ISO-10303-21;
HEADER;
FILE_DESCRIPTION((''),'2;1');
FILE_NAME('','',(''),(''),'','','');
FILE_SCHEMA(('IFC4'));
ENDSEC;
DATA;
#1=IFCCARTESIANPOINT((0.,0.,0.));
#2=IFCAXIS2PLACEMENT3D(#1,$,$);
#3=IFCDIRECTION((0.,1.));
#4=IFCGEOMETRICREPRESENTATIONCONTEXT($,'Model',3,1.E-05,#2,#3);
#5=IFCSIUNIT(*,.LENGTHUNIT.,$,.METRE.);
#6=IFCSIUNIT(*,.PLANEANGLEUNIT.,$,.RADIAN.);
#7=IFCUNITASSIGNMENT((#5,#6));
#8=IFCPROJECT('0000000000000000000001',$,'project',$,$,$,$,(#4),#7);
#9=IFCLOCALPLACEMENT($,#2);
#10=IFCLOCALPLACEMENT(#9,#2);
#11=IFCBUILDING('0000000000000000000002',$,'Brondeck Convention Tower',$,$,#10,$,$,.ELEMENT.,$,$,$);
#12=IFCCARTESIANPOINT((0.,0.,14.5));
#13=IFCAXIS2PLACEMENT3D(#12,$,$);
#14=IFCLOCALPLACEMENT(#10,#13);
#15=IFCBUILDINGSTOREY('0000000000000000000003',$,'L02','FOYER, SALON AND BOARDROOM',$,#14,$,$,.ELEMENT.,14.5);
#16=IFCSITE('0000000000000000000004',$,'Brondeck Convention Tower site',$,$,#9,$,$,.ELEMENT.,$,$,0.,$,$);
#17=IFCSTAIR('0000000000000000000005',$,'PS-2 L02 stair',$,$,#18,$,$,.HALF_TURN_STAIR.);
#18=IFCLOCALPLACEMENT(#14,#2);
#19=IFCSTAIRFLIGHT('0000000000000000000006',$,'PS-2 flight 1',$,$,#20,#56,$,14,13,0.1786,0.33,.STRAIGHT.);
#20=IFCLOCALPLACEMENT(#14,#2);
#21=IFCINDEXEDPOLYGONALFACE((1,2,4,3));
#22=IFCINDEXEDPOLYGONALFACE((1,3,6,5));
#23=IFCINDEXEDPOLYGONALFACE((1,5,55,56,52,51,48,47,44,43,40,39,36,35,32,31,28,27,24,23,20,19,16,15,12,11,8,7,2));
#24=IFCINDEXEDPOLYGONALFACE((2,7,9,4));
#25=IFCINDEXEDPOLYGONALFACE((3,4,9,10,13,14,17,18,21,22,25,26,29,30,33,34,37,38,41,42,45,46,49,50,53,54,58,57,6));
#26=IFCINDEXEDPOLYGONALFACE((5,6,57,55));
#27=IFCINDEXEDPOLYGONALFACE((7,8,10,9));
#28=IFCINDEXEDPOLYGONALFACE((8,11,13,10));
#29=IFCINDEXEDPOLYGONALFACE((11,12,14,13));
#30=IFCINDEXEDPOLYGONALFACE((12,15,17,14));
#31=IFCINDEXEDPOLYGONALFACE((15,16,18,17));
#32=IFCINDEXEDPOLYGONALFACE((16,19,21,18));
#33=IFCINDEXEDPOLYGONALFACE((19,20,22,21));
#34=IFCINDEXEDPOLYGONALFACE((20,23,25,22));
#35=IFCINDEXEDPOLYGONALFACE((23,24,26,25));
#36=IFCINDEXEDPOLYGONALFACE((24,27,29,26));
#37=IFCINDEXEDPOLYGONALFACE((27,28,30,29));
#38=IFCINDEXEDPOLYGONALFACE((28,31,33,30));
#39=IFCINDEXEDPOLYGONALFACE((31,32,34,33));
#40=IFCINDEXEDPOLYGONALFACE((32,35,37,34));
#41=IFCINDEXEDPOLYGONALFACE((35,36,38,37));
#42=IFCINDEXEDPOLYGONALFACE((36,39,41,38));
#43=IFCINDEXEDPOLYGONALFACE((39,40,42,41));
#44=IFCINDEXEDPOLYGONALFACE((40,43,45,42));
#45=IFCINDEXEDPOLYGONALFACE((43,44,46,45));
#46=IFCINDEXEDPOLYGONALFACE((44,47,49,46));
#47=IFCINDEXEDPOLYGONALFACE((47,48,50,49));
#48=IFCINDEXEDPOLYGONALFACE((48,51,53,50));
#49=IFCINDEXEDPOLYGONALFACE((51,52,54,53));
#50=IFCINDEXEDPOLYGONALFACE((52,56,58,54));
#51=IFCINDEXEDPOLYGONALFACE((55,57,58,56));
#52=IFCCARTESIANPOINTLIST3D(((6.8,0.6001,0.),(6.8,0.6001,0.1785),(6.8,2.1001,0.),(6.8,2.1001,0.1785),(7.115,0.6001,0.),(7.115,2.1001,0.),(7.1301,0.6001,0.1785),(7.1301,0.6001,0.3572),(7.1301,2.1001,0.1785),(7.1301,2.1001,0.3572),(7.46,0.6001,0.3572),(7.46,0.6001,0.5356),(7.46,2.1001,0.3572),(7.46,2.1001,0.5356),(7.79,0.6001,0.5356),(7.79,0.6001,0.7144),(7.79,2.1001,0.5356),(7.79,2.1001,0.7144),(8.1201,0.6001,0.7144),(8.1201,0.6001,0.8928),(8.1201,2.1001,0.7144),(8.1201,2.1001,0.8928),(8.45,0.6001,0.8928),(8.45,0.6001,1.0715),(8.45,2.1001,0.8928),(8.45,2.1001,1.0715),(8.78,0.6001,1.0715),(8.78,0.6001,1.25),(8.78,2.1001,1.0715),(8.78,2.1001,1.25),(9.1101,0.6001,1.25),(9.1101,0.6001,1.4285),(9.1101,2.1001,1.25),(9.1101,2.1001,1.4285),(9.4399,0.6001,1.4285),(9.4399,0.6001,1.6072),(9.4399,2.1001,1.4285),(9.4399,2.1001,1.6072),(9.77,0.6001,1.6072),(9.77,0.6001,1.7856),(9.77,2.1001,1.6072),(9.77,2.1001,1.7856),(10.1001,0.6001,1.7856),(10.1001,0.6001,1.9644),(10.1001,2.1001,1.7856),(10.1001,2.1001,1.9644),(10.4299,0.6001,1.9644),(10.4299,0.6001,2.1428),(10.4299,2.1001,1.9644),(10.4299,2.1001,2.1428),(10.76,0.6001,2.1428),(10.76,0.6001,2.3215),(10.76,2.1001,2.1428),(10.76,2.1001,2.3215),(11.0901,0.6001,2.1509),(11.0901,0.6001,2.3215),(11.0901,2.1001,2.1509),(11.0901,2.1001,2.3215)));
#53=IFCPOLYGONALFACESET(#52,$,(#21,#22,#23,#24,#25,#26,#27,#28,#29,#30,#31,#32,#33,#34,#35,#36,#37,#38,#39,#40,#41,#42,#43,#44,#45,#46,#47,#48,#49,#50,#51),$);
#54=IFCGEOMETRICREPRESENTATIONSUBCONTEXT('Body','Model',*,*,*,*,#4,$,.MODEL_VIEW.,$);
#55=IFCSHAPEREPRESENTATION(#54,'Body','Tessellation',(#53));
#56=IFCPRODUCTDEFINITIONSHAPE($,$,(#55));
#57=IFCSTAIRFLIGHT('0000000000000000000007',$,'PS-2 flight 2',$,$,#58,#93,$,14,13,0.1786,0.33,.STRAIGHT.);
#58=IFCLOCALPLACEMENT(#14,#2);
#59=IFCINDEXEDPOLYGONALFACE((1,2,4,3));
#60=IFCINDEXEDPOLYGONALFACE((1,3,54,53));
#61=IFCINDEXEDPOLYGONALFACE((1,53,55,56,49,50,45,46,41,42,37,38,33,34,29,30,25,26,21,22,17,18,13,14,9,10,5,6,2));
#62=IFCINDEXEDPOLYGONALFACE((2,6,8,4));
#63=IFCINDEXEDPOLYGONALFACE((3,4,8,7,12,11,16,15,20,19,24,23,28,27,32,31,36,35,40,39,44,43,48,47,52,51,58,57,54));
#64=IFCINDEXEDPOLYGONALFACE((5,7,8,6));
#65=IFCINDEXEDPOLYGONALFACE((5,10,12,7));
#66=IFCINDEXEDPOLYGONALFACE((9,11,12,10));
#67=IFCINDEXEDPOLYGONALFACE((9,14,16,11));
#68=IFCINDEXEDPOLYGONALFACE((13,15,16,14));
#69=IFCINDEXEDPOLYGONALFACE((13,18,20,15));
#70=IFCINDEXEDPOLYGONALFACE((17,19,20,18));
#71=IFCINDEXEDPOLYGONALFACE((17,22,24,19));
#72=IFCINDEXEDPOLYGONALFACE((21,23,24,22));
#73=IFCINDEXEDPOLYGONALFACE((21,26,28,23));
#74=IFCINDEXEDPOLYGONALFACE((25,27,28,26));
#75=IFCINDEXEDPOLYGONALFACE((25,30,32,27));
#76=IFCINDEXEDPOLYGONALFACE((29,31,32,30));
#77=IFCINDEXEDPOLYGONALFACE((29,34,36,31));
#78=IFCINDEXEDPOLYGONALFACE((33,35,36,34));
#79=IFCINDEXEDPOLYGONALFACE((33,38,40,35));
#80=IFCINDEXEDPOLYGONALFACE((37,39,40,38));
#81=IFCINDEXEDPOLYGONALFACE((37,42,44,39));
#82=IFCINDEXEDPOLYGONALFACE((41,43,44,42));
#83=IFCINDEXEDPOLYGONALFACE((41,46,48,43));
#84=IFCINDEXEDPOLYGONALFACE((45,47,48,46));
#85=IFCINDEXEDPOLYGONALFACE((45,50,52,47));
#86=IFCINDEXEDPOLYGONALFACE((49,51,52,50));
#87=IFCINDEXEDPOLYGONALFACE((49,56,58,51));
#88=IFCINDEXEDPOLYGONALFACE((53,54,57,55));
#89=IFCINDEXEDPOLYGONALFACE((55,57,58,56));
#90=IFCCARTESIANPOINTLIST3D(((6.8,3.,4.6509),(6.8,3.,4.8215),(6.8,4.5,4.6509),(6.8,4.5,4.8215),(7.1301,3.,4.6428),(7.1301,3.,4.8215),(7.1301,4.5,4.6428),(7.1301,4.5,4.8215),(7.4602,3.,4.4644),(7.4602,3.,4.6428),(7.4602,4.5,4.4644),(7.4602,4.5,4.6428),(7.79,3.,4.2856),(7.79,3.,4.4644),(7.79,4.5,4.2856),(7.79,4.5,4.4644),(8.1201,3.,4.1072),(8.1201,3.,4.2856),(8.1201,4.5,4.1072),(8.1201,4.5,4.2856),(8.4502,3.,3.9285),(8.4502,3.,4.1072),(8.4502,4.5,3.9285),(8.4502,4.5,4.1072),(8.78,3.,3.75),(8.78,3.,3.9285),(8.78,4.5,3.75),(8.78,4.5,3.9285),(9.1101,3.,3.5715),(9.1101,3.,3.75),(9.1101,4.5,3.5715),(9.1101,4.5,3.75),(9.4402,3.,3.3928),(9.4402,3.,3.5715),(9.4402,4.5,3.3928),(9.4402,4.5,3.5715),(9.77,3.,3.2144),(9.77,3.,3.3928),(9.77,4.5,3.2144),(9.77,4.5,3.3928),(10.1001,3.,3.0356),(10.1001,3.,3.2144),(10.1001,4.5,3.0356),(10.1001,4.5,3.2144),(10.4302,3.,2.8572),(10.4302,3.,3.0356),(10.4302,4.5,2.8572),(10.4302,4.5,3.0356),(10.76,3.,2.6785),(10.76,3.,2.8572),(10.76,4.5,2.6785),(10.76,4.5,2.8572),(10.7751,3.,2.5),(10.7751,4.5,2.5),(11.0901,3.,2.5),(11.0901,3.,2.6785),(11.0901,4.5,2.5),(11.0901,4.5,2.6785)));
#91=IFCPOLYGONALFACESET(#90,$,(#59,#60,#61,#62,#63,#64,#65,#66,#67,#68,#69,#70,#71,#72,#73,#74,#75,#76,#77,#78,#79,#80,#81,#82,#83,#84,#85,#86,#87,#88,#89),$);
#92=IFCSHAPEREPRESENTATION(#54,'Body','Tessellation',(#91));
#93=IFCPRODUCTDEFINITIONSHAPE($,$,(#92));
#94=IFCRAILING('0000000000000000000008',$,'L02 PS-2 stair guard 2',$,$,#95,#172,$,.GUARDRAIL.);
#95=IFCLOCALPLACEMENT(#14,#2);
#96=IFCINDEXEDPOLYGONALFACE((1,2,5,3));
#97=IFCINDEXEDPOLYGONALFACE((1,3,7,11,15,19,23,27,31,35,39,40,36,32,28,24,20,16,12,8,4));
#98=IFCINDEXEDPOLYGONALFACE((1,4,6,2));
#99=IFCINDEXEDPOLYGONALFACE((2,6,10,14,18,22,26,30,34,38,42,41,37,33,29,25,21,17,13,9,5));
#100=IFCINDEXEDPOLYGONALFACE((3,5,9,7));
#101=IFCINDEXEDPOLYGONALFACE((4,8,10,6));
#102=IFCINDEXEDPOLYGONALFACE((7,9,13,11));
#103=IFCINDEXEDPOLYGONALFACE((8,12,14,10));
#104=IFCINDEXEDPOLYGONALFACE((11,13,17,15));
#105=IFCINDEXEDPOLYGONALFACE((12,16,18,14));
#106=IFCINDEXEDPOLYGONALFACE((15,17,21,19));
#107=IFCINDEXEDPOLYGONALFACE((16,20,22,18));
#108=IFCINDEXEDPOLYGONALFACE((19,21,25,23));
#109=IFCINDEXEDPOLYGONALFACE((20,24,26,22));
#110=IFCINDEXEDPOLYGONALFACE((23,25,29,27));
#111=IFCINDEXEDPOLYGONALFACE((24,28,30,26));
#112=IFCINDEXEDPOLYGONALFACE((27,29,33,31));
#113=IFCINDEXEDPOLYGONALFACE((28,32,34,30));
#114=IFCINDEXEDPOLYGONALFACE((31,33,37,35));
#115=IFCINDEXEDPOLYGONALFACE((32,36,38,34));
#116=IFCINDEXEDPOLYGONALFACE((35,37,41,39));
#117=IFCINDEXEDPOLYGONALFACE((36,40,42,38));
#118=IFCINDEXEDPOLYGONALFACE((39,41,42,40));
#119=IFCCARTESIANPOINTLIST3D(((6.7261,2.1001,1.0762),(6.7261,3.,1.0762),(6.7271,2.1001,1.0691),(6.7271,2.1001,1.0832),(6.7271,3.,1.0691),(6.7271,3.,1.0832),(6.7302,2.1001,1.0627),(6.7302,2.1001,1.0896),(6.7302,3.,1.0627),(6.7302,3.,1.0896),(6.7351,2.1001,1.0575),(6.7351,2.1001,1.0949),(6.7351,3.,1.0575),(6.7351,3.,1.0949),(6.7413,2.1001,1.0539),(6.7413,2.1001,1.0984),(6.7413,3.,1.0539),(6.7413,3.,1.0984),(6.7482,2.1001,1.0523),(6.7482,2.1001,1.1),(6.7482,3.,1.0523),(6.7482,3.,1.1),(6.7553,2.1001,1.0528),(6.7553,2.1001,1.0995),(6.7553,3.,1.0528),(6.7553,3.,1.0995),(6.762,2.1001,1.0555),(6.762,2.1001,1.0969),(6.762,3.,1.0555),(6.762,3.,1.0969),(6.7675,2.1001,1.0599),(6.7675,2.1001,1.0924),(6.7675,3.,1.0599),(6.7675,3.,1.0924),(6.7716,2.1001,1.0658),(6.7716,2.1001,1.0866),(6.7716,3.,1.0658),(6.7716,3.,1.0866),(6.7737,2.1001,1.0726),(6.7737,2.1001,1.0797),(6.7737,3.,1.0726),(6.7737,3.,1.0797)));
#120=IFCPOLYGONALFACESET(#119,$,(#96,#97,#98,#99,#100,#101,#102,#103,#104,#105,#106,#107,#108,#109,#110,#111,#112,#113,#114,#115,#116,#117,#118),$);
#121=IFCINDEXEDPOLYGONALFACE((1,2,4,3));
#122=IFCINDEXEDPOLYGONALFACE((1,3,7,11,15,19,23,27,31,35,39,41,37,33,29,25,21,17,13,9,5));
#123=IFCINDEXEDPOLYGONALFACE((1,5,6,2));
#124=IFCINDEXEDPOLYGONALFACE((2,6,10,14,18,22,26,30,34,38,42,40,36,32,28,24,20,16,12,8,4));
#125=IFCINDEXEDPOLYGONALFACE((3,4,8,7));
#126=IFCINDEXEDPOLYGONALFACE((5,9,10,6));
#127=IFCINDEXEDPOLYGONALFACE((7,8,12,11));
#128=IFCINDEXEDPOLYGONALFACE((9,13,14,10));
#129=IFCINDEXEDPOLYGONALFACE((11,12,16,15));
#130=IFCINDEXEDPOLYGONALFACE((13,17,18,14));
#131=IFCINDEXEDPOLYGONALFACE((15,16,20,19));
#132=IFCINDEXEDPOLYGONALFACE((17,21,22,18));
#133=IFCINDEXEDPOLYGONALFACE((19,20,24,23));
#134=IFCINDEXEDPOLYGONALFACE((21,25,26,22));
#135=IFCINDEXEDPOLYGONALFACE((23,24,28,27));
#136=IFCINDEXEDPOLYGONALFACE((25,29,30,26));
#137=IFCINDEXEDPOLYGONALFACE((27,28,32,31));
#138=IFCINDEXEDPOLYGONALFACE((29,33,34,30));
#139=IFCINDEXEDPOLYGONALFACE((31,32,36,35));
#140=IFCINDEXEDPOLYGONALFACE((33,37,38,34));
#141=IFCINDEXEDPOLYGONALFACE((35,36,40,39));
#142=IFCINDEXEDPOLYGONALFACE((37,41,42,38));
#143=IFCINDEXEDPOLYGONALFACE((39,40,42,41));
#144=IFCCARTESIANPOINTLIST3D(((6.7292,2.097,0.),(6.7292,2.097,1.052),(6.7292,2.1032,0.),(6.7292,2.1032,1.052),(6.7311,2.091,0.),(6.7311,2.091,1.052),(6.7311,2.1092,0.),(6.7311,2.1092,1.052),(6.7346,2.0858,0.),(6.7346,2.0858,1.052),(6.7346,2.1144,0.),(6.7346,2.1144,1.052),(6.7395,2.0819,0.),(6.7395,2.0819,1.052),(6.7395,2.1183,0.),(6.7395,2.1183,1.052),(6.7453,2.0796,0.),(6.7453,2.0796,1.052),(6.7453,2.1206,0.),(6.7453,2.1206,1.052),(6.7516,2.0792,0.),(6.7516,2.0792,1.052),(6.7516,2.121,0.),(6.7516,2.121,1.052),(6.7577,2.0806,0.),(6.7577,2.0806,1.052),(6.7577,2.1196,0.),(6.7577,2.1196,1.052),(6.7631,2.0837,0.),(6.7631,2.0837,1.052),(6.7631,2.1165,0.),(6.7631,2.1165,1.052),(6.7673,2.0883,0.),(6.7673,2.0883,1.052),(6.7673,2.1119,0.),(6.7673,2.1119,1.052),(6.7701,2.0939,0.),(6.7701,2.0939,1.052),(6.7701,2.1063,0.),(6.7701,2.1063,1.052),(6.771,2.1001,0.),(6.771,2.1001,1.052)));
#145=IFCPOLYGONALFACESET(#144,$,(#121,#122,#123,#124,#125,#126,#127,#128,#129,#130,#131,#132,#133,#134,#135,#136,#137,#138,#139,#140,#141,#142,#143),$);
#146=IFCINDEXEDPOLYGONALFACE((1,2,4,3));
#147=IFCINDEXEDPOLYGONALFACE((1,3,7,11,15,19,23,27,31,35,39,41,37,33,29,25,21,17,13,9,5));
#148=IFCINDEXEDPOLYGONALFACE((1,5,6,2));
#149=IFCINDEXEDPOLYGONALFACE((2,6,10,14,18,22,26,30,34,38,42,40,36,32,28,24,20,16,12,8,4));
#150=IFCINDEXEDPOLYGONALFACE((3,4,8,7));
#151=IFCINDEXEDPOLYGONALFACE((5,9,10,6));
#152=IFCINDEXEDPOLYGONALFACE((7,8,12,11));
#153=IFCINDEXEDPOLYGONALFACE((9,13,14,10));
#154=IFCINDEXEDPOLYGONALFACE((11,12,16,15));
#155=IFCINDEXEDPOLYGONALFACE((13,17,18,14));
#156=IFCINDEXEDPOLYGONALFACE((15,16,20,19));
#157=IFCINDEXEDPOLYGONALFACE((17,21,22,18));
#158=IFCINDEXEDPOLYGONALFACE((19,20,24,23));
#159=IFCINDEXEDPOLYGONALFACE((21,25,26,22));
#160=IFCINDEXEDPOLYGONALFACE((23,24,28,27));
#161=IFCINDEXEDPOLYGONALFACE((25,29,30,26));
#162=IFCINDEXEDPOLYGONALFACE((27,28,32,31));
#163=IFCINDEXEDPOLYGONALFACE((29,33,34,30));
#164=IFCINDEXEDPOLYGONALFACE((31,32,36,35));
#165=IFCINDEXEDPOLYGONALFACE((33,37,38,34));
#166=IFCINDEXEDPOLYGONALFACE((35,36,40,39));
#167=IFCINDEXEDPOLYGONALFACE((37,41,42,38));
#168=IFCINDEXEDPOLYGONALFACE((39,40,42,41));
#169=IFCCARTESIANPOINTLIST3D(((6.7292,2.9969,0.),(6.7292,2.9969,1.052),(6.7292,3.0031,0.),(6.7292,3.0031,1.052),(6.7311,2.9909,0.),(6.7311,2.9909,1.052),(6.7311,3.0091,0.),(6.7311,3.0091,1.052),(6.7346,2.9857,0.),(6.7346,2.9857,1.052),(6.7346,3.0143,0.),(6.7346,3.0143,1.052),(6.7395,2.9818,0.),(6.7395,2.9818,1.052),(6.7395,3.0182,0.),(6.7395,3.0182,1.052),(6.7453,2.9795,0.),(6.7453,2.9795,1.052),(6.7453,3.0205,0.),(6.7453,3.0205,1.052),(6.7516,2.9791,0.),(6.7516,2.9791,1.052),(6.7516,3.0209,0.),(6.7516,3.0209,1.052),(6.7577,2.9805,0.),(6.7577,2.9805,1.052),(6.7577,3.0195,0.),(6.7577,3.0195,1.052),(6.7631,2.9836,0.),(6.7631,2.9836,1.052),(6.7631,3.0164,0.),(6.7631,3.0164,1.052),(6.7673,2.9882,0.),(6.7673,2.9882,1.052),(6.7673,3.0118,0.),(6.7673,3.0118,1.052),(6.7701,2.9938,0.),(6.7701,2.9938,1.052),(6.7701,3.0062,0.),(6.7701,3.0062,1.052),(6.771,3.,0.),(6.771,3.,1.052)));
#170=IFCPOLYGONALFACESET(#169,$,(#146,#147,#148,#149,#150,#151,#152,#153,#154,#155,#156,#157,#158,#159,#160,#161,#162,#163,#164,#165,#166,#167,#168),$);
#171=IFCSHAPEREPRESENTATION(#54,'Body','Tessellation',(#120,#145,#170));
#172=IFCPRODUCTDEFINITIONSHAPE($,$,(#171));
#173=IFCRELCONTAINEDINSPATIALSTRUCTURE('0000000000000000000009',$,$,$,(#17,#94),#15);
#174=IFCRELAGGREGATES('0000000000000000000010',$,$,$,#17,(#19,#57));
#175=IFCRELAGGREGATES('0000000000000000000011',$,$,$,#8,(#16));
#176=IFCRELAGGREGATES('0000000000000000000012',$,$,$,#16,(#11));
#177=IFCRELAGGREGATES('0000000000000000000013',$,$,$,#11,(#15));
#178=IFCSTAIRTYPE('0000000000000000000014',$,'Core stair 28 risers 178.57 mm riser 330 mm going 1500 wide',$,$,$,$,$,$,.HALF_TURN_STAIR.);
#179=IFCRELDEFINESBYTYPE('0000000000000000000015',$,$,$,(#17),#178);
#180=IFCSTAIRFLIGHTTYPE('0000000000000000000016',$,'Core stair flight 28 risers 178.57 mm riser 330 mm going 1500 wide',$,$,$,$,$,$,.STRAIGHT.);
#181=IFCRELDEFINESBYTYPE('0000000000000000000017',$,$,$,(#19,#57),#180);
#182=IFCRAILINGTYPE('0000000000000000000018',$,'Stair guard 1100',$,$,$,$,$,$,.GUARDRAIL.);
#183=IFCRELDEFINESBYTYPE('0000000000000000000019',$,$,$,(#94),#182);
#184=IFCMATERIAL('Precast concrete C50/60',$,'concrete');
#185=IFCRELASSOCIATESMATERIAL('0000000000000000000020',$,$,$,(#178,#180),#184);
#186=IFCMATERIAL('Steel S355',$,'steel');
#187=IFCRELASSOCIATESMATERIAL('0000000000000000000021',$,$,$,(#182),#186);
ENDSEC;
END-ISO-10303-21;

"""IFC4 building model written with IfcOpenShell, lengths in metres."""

from ifc_helpers import new_model, si_unit, direction, frame, origin, origin_2d, place, context, subcontext, project, spatial, polyline, circle, outline, extrude, material, type_object, element, aggregate, save


model = new_model("IFC4")

# Units and contexts
model_context = context("Model", 3, precision=1e-05, world=origin(), true_north=direction((0.0, 1.0)))
body_context = subcontext(model_context, "Body", "Model", "MODEL_VIEW")
ifc_project = project(units=[si_unit("LENGTHUNIT", "METRE"), si_unit("PLANEANGLEUNIT", "RADIAN")], contexts=[model_context])

# Site, building, storey
site_placement = place(None, origin())
site = spatial("IfcSite", under=ifc_project, at=site_placement, Name="Brondeck Convention Tower site", CompositionType="ELEMENT", RefElevation=0.0)
building_placement = place(site_placement, origin())
building = spatial("IfcBuilding", under=site, at=building_placement, Name="Brondeck Convention Tower", CompositionType="ELEMENT")
storey_placement = place(building_placement, frame((0.0, 0.0, 14.5)))
storey = spatial("IfcBuildingStorey", under=building, at=storey_placement, Name="L02", Description="FOYER, SALON AND BOARDROOM", CompositionType="ELEMENT", Elevation=14.5)

# Stair, stair flights
ifc_material_1 = material(Name="Precast concrete C50/60", Category="concrete")
stair_type = type_object("IfcStairType", Name="Core stair 28 risers 178.57 mm riser 330 mm going 1500 wide", PredefinedType="HALF_TURN_STAIR", material=ifc_material_1)
stair_placement = place(storey_placement, origin())
stair = element("IfcStair", 1, at=stair_placement, inside=storey, type_object=stair_type, Name="PS-2 L02 stair", PredefinedType="HALF_TURN_STAIR")
stair_flight_type = type_object("IfcStairFlightType", Name="Core stair flight 28 risers 178.57 mm riser 330 mm going 1500 wide", PredefinedType="STRAIGHT", material=ifc_material_1)
stair_flight_1_placement = place(storey_placement, frame((6.8, 1.3501, 0.0), z_axis=(0.0, 0.0, 1.0), x_axis=(1.0, 0.0, 0.0)))
stair_flight_1 = element("IfcStairFlight", 2, at=stair_flight_1_placement, type_object=stair_flight_type, Name="PS-2 flight 1", NumberOfRisers=14, NumberOfTreads=13, PredefinedType="STRAIGHT", RiserHeight=0.1786, TreadLength=0.33, context=body_context, shape_type="SweptSolid", body=[
    extrude(outline(polyline([(0.0, 0.0), (0.0, 0.1785), (0.3301, 0.1785), (0.3301, 0.3572), (0.6599, 0.3572), (0.6599, 0.5356), (0.99, 0.5356), (0.99, 0.7144), (1.3201, 0.7144), (1.3201, 0.8928), (1.6499, 0.8928), (1.6499, 1.0715), (1.98, 1.0715), (1.98, 1.25), (2.3101, 1.25), (2.3101, 1.4285), (2.6399, 1.4285), (2.6399, 1.6072), (2.97, 1.6072), (2.97, 1.7856), (3.3, 1.7856), (3.3, 1.9644), (3.6299, 1.9644), (3.6299, 2.1428), (3.96, 2.1428), (3.96, 2.3215), (4.29, 2.3215), (4.29, 2.5), (4.29, 2.1509), (0.3149, 0.0), (0.0, 0.0)])), frame((0.0, 0.75, 0.0), z_axis=(0.0, -1.0, 0.0), x_axis=(1.0, 0.0, 0.0)), (0.0, 0.0, 1.0), 1.5),
])
stair_flight_2_placement = place(storey_placement, frame((11.0901, 3.75, 2.5), z_axis=(0.0, 0.0, 1.0), x_axis=(-1.0, 0.0, 0.0)))
stair_flight_2 = element("IfcStairFlight", 3, at=stair_flight_2_placement, type_object=stair_flight_type, Name="PS-2 flight 2", NumberOfRisers=14, NumberOfTreads=13, PredefinedType="STRAIGHT", RiserHeight=0.1786, TreadLength=0.33, context=body_context, shape_type="SweptSolid", body=[
    extrude(outline(polyline([(0.0, 0.0), (0.0, 0.1785), (0.3301, 0.1785), (0.3301, 0.3572), (0.6599, 0.3572), (0.6599, 0.5356), (0.99, 0.5356), (0.99, 0.7144), (1.3201, 0.7144), (1.3201, 0.8928), (1.6499, 0.8928), (1.6499, 1.0715), (1.98, 1.0715), (1.98, 1.25), (2.3101, 1.25), (2.3101, 1.4285), (2.6399, 1.4285), (2.6399, 1.6072), (2.97, 1.6072), (2.97, 1.7856), (3.3, 1.7856), (3.3, 1.9644), (3.6299, 1.9644), (3.6299, 2.1428), (3.96, 2.1428), (3.96, 2.3215), (4.29, 2.3215), (4.29, 2.5), (4.29, 2.1509), (0.3149, 0.0), (0.0, 0.0)])), frame((0.0, 0.75, 0.0), z_axis=(0.0, -1.0, 0.0), x_axis=(1.0, 0.0, 0.0)), (0.0, 0.0, 1.0), 1.5),
])
aggregate(stair, [stair_flight_1, stair_flight_2])

# Railing
ifc_material_2 = material(Name="Steel S355", Category="steel")
railing_type_1 = type_object("IfcRailingType", Name="Stair guard 1100", PredefinedType="GUARDRAIL", material=ifc_material_2)
railing_1_placement = place(storey_placement, frame((6.75, 2.1001, 0.0)))
element("IfcRailing", 4, at=railing_1_placement, inside=storey, type_object=railing_type_1, Name="L02 PS-2 stair guard 2", PredefinedType="GUARDRAIL", context=body_context, shape_type="SweptSolid", body=[
    extrude(circle(Radius=0.0239, at=origin_2d()), frame((0.0, 0.0, 1.0762), z_axis=(0.0, 1.0, 0.0), x_axis=(-1.0, 0.0, 0.0)), (0.0, 0.0, 1.0), 0.8999),
    extrude(circle(Radius=0.021, at=origin_2d()), origin(), (0.0, 0.0, 1.0), 1.052),
    extrude(circle(Radius=0.021, at=origin_2d()), frame((0.0, 0.8999, 0.0)), (0.0, 0.0, 1.0), 1.052),
])

save(model, "model.ifc")
